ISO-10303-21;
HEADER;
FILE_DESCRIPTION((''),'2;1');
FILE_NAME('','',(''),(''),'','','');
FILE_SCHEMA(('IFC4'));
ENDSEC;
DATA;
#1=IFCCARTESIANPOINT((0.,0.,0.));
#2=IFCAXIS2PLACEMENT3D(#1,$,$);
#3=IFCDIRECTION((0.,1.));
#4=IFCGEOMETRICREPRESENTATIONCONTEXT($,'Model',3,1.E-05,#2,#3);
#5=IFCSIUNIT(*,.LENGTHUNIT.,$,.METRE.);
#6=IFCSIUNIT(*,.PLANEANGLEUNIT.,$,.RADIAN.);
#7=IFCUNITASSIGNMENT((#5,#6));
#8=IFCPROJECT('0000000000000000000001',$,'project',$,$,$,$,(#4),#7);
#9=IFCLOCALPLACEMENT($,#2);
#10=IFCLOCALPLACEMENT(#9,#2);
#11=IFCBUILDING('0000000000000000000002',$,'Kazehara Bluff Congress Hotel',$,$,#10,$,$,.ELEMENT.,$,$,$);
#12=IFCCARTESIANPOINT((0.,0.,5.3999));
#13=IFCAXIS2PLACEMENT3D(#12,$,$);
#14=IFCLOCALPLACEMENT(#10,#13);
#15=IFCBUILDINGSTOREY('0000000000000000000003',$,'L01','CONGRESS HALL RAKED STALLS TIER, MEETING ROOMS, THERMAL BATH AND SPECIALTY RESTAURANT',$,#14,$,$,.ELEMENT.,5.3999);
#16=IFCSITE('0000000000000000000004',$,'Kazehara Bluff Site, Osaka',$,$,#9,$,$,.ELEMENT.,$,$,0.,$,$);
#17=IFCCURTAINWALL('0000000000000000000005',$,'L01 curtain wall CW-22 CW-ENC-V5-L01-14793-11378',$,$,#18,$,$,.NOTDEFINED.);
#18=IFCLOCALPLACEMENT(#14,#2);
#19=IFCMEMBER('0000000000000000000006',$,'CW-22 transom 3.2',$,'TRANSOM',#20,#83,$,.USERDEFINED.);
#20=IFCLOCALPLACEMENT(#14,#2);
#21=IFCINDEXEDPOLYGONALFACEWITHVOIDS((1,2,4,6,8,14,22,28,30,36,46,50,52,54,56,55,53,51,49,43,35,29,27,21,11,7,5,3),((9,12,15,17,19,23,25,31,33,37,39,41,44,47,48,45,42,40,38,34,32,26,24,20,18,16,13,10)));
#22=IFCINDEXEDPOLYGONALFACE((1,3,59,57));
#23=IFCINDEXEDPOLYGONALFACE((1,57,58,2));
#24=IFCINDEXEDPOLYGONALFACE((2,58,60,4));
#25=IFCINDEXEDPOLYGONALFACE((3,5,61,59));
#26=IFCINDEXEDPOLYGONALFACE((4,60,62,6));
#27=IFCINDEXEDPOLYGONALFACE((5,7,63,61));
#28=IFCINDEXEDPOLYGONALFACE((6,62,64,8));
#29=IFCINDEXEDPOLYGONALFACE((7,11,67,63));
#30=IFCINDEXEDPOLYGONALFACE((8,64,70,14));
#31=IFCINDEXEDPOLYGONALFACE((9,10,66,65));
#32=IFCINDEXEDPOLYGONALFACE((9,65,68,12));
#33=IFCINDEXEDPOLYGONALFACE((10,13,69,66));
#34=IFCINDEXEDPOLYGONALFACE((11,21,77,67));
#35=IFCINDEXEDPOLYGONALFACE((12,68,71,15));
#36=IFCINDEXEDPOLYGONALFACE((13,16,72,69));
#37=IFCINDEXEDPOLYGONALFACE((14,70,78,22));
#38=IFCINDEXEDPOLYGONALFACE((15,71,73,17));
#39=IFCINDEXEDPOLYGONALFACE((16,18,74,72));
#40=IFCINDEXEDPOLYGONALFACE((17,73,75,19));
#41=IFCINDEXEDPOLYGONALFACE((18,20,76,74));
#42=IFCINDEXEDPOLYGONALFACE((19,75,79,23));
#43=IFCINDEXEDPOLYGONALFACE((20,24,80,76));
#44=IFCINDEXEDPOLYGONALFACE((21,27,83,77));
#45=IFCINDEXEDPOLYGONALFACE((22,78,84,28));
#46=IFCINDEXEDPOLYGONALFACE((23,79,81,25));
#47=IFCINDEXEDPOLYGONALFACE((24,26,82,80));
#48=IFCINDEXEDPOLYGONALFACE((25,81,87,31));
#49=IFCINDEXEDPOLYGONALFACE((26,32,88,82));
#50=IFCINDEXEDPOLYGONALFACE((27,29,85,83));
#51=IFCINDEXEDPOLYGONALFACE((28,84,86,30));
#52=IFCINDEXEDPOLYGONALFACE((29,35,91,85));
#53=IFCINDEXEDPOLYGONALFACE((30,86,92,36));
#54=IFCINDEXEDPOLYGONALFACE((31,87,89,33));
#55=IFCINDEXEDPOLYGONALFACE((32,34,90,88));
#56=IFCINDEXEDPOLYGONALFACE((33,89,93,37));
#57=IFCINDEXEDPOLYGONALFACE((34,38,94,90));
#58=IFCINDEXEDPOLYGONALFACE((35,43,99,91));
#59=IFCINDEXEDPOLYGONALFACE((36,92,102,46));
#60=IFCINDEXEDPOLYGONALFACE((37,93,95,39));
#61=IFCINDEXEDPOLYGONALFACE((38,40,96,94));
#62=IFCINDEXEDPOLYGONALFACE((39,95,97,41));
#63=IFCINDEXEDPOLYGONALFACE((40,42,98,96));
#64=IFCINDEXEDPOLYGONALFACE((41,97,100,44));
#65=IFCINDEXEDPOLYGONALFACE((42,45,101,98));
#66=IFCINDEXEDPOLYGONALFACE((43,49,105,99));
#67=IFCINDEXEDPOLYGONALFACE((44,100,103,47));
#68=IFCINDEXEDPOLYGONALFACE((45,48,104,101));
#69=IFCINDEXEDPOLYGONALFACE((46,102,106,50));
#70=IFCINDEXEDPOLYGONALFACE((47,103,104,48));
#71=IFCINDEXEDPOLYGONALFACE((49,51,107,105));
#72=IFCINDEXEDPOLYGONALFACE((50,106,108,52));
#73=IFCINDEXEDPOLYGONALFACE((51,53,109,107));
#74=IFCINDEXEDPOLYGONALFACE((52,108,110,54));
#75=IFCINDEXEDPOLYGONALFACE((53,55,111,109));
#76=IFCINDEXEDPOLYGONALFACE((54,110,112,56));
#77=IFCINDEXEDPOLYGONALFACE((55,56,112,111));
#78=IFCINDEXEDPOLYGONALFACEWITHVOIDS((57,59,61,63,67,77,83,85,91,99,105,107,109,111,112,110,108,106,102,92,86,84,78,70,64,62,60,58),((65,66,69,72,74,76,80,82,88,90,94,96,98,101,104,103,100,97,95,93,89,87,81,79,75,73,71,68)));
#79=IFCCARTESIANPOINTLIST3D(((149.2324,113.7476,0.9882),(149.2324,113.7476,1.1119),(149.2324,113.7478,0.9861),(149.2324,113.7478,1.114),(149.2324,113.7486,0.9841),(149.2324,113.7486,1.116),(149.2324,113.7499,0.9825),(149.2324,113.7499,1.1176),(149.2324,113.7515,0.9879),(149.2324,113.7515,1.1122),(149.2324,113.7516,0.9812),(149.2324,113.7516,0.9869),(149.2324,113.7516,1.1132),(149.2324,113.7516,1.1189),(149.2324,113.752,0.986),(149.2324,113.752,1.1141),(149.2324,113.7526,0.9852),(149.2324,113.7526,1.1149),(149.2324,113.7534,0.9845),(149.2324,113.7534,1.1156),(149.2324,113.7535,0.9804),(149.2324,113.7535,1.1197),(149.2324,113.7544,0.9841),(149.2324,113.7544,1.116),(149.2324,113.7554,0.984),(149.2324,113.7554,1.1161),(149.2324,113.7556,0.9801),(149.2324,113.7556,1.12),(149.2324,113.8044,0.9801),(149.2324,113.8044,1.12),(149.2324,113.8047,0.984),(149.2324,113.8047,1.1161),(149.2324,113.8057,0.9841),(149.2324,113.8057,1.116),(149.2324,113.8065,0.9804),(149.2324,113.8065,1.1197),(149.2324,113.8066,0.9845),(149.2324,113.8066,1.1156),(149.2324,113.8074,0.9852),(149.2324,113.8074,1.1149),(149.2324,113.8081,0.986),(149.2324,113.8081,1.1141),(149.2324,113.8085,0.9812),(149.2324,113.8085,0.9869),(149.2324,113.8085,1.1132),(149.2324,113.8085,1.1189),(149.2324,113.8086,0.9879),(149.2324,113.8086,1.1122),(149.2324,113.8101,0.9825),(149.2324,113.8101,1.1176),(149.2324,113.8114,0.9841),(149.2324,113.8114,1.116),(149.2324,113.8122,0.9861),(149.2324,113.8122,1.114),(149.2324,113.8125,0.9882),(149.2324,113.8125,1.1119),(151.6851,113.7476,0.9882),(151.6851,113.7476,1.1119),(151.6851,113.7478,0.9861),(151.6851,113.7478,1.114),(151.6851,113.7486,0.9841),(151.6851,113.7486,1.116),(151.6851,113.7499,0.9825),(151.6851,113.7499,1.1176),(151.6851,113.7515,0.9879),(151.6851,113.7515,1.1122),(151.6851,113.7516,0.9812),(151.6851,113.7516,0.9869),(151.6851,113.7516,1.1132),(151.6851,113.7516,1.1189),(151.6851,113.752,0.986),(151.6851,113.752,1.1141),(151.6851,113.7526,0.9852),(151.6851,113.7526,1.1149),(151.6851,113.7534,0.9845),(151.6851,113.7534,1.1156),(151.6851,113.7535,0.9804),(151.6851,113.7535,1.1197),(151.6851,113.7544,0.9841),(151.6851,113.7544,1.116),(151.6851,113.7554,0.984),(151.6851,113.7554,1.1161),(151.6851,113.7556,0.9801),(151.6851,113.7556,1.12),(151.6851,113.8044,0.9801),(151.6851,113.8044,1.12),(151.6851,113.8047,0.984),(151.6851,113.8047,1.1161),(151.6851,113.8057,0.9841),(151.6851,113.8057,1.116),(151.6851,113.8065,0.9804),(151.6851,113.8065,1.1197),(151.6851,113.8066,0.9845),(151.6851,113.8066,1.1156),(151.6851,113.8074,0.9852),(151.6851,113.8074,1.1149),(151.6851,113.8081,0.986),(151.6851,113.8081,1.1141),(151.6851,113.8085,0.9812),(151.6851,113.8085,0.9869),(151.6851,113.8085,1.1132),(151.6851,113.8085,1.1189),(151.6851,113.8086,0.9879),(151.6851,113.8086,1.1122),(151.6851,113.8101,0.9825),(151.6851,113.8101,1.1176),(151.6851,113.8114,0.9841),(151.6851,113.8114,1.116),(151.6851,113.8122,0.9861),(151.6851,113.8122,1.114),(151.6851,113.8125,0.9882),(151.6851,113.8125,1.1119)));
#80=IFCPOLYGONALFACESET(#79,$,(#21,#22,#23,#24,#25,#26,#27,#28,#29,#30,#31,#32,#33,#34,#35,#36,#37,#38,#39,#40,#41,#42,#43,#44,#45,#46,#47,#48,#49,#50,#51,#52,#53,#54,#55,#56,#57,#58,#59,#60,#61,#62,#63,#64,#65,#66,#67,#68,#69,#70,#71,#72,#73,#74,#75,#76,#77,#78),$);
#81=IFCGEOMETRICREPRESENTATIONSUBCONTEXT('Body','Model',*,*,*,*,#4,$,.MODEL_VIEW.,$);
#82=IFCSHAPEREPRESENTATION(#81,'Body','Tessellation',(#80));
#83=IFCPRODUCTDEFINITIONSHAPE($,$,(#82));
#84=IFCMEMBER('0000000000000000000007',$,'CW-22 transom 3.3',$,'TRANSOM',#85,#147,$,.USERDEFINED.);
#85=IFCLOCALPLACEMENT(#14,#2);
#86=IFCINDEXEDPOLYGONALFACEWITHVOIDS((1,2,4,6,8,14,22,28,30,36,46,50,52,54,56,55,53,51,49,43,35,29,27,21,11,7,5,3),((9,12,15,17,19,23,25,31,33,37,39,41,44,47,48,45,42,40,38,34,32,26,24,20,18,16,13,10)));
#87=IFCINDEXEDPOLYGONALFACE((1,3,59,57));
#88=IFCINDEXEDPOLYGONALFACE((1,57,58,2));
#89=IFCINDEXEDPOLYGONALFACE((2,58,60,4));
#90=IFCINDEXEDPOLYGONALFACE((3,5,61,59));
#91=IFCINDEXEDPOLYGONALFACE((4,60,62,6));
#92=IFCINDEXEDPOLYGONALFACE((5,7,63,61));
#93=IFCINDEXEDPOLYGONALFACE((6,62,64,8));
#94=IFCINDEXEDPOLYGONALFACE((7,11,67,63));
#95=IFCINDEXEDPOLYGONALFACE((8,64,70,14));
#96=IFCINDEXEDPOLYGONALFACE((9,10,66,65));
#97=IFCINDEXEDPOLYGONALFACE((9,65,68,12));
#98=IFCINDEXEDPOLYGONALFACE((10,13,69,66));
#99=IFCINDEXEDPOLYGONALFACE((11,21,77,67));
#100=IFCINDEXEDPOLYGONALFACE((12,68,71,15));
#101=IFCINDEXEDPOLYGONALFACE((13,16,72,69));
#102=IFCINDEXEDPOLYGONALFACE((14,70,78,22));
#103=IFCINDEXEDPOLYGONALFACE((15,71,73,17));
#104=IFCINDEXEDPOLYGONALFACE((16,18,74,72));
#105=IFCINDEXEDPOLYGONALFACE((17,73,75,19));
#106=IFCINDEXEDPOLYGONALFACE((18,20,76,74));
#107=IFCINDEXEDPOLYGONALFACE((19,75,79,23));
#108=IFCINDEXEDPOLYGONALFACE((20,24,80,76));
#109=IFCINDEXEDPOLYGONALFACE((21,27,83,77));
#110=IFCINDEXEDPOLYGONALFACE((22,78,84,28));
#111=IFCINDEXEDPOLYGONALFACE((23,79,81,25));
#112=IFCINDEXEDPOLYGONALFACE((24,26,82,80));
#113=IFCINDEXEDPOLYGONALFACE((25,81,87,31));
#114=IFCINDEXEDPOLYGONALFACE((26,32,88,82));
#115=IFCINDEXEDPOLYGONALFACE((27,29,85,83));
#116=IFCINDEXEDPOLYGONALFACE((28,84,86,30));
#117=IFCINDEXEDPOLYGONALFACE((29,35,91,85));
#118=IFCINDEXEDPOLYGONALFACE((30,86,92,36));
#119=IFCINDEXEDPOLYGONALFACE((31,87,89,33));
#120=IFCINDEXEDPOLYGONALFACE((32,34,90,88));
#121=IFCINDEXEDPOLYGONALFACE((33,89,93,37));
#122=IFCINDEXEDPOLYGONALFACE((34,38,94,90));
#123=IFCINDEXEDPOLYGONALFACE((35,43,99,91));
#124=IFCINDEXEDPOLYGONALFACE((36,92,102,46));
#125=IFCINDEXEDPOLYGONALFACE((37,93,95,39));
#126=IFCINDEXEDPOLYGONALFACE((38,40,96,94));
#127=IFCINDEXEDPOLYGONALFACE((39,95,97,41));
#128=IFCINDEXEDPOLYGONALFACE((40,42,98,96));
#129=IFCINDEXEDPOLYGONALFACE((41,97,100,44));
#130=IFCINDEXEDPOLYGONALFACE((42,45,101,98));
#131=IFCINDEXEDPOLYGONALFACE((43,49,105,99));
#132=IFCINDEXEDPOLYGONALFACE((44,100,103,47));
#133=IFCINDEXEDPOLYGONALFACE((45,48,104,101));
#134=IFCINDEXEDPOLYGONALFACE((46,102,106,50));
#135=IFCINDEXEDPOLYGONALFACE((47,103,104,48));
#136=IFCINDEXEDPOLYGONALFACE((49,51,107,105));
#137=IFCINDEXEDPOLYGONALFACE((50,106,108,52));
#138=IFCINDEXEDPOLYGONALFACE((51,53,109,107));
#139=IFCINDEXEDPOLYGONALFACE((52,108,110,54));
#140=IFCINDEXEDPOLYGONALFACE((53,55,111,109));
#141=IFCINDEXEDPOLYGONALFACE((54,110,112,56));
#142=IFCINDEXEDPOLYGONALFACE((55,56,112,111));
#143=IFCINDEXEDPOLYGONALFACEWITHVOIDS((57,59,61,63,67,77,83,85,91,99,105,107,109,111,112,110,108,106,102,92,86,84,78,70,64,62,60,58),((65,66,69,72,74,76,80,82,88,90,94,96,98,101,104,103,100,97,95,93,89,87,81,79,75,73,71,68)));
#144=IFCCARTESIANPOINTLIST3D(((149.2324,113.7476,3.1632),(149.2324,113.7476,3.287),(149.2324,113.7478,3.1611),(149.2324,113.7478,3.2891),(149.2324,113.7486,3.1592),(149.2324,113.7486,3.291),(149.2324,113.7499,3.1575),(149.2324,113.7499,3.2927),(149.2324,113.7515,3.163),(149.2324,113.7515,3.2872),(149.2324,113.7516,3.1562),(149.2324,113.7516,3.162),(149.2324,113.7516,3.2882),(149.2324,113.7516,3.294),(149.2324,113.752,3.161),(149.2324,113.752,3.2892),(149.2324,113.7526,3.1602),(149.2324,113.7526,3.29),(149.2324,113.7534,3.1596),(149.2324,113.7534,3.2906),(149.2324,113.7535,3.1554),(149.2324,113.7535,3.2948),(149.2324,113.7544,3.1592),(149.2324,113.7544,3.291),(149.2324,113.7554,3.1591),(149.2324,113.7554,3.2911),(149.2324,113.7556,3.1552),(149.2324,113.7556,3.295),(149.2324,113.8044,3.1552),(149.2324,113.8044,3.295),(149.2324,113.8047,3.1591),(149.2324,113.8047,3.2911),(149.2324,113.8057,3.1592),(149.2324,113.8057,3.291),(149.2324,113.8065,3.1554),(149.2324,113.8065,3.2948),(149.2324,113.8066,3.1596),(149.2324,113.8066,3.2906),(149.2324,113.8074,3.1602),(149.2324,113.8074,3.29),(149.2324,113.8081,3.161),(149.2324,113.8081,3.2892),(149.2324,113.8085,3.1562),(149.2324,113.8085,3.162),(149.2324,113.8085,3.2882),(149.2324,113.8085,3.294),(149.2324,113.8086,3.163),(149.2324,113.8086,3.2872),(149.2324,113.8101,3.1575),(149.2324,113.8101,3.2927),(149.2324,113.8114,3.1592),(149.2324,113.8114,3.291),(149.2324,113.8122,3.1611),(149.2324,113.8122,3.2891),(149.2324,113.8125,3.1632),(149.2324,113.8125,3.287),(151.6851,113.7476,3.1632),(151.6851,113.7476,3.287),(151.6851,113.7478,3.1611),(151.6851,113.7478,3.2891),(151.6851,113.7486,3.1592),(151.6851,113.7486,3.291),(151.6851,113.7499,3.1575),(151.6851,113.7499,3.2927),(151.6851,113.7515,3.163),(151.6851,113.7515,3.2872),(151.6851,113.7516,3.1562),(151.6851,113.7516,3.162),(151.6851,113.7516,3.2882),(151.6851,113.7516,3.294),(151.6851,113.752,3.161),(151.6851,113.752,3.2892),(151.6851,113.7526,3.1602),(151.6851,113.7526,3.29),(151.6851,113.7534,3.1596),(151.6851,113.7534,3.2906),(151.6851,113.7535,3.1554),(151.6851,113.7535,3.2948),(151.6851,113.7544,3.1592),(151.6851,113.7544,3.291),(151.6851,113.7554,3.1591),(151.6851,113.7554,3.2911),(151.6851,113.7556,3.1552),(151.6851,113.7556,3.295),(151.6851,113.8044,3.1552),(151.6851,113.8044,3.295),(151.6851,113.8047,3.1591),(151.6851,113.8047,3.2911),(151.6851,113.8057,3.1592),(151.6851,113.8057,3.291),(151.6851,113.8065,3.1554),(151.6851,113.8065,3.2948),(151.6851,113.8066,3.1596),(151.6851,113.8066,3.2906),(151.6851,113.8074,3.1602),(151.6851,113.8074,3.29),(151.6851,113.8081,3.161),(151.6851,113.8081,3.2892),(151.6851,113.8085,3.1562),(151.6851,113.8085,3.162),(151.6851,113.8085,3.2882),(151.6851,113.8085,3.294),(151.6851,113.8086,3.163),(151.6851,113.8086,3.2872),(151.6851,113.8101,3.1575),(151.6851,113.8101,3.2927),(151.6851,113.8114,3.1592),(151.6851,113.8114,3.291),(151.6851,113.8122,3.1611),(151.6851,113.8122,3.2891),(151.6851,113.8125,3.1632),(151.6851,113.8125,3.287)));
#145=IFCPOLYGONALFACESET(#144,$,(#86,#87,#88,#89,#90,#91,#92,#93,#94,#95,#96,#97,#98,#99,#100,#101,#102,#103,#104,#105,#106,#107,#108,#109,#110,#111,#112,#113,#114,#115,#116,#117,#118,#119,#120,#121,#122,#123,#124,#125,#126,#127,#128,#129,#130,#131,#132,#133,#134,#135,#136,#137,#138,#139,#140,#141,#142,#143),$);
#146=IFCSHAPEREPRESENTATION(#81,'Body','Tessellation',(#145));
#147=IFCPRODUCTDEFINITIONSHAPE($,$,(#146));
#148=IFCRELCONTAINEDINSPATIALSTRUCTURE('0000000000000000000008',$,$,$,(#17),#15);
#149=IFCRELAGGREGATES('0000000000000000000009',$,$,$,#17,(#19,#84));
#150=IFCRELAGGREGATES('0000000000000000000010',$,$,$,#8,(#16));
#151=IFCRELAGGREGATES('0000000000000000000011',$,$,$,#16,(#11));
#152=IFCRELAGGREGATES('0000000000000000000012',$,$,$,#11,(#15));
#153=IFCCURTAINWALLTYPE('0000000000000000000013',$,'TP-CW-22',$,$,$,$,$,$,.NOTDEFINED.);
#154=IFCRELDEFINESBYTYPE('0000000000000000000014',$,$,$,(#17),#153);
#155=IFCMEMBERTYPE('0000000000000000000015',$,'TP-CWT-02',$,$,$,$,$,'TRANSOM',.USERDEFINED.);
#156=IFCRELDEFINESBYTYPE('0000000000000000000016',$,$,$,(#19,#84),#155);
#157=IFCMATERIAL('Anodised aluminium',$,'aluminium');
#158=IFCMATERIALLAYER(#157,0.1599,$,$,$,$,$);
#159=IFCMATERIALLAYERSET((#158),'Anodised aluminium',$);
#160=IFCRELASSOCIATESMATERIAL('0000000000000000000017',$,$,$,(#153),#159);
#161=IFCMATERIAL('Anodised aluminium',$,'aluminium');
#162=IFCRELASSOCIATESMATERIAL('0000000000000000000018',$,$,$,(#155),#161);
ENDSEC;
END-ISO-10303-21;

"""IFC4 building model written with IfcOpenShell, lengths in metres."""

from ifc_helpers import new_model, si_unit, direction, frame, origin, origin_2d, place, context, subcontext, project, spatial, hollow_rectangle, extrude, material, layer, layer_set, material_profile, profile_set, type_object, element, aggregate, save


model = new_model("IFC4")

# Units and contexts
model_context = context("Model", 3, precision=1e-05, world=origin(), true_north=direction((0.0, 1.0)))
body_context = subcontext(model_context, "Body", "Model", "MODEL_VIEW")
ifc_project = project(units=[si_unit("LENGTHUNIT", "METRE"), si_unit("PLANEANGLEUNIT", "RADIAN")], contexts=[model_context])

# Site, building, storey
site_placement = place(None, origin())
site = spatial("IfcSite", under=ifc_project, at=site_placement, Name="Kazehara Bluff Site, Osaka", CompositionType="ELEMENT", RefElevation=0.0)
building_placement = place(site_placement, origin())
building = spatial("IfcBuilding", under=site, at=building_placement, Name="Kazehara Bluff Congress Hotel", CompositionType="ELEMENT")
storey_placement = place(building_placement, frame((0.0, 0.0, 5.3999)))
storey = spatial("IfcBuildingStorey", under=building, at=storey_placement, Name="L01", Description="CONGRESS HALL RAKED STALLS TIER, MEETING ROOMS, THERMAL BATH AND SPECIALTY RESTAURANT", CompositionType="ELEMENT", Elevation=5.3999)

# Curtain wall
ifc_material_1 = material(Name="Anodised aluminium", Category="aluminium")
ifc_layer_1 = layer(ifc_material_1, 0.1599)
ifc_layer_set_1 = layer_set([ifc_layer_1], Name="Anodised aluminium")
curtain_wall_type = type_object("IfcCurtainWallType", Name="TP-CW-22", PredefinedType="NOTDEFINED", material=ifc_layer_set_1)
curtain_wall_1_placement = place(storey_placement, origin())
curtain_wall_1 = element("IfcCurtainWall", 1, at=curtain_wall_1_placement, inside=storey, type_object=curtain_wall_type, Name="L01 curtain wall CW-22 CW-ENC-V5-L01-14793-11378", PredefinedType="NOTDEFINED")

# Members
ifc_material_2 = material(Name="Anodised aluminium", Category="aluminium")
ifc_material_profile_1 = material_profile(ifc_material_2, hollow_rectangle(XDim=0.0649, YDim=0.1399, WallThickness=0.0039, InnerFilletRadius=0.0039, OuterFilletRadius=0.0081, at=origin_2d()))
ifc_profile_set_1 = profile_set([ifc_material_profile_1], Name="Anodised aluminium")
member_type_1 = type_object("IfcMemberType", Name="TP-CWT-02", ElementType="TRANSOM", PredefinedType="USERDEFINED", material=ifc_profile_set_1)
member_1_placement = place(storey_placement, frame((149.2324, 113.78, 1.05), z_axis=(1.0, 0.0, 0.0), x_axis=(0.0, 1.0, 0.0)))
member_1 = element("IfcMember", 2, at=member_1_placement, type_object=member_type_1, Name="CW-22 transom 3.2", ObjectType="TRANSOM", PredefinedType="USERDEFINED", context=body_context, shape_type="SweptSolid", body=[
    extrude(hollow_rectangle(XDim=0.0649, YDim=0.1399, WallThickness=0.0039, InnerFilletRadius=0.0039, OuterFilletRadius=0.0081, at=origin_2d()), origin(), (0.0, 0.0, 1.0), 2.4526),
])
member_2_placement = place(storey_placement, frame((149.2324, 113.78, 3.2251), z_axis=(1.0, 0.0, 0.0), x_axis=(0.0, 1.0, 0.0)))
member_2 = element("IfcMember", 3, at=member_2_placement, type_object=member_type_1, Name="CW-22 transom 3.3", ObjectType="TRANSOM", PredefinedType="USERDEFINED", context=body_context, shape_type="SweptSolid", body=[
    extrude(hollow_rectangle(XDim=0.0649, YDim=0.1399, WallThickness=0.0039, InnerFilletRadius=0.0039, OuterFilletRadius=0.0081, at=origin_2d()), origin(), (0.0, 0.0, 1.0), 2.4526),
])

aggregate(curtain_wall_1, [member_1, member_2])

save(model, "model.ifc")
